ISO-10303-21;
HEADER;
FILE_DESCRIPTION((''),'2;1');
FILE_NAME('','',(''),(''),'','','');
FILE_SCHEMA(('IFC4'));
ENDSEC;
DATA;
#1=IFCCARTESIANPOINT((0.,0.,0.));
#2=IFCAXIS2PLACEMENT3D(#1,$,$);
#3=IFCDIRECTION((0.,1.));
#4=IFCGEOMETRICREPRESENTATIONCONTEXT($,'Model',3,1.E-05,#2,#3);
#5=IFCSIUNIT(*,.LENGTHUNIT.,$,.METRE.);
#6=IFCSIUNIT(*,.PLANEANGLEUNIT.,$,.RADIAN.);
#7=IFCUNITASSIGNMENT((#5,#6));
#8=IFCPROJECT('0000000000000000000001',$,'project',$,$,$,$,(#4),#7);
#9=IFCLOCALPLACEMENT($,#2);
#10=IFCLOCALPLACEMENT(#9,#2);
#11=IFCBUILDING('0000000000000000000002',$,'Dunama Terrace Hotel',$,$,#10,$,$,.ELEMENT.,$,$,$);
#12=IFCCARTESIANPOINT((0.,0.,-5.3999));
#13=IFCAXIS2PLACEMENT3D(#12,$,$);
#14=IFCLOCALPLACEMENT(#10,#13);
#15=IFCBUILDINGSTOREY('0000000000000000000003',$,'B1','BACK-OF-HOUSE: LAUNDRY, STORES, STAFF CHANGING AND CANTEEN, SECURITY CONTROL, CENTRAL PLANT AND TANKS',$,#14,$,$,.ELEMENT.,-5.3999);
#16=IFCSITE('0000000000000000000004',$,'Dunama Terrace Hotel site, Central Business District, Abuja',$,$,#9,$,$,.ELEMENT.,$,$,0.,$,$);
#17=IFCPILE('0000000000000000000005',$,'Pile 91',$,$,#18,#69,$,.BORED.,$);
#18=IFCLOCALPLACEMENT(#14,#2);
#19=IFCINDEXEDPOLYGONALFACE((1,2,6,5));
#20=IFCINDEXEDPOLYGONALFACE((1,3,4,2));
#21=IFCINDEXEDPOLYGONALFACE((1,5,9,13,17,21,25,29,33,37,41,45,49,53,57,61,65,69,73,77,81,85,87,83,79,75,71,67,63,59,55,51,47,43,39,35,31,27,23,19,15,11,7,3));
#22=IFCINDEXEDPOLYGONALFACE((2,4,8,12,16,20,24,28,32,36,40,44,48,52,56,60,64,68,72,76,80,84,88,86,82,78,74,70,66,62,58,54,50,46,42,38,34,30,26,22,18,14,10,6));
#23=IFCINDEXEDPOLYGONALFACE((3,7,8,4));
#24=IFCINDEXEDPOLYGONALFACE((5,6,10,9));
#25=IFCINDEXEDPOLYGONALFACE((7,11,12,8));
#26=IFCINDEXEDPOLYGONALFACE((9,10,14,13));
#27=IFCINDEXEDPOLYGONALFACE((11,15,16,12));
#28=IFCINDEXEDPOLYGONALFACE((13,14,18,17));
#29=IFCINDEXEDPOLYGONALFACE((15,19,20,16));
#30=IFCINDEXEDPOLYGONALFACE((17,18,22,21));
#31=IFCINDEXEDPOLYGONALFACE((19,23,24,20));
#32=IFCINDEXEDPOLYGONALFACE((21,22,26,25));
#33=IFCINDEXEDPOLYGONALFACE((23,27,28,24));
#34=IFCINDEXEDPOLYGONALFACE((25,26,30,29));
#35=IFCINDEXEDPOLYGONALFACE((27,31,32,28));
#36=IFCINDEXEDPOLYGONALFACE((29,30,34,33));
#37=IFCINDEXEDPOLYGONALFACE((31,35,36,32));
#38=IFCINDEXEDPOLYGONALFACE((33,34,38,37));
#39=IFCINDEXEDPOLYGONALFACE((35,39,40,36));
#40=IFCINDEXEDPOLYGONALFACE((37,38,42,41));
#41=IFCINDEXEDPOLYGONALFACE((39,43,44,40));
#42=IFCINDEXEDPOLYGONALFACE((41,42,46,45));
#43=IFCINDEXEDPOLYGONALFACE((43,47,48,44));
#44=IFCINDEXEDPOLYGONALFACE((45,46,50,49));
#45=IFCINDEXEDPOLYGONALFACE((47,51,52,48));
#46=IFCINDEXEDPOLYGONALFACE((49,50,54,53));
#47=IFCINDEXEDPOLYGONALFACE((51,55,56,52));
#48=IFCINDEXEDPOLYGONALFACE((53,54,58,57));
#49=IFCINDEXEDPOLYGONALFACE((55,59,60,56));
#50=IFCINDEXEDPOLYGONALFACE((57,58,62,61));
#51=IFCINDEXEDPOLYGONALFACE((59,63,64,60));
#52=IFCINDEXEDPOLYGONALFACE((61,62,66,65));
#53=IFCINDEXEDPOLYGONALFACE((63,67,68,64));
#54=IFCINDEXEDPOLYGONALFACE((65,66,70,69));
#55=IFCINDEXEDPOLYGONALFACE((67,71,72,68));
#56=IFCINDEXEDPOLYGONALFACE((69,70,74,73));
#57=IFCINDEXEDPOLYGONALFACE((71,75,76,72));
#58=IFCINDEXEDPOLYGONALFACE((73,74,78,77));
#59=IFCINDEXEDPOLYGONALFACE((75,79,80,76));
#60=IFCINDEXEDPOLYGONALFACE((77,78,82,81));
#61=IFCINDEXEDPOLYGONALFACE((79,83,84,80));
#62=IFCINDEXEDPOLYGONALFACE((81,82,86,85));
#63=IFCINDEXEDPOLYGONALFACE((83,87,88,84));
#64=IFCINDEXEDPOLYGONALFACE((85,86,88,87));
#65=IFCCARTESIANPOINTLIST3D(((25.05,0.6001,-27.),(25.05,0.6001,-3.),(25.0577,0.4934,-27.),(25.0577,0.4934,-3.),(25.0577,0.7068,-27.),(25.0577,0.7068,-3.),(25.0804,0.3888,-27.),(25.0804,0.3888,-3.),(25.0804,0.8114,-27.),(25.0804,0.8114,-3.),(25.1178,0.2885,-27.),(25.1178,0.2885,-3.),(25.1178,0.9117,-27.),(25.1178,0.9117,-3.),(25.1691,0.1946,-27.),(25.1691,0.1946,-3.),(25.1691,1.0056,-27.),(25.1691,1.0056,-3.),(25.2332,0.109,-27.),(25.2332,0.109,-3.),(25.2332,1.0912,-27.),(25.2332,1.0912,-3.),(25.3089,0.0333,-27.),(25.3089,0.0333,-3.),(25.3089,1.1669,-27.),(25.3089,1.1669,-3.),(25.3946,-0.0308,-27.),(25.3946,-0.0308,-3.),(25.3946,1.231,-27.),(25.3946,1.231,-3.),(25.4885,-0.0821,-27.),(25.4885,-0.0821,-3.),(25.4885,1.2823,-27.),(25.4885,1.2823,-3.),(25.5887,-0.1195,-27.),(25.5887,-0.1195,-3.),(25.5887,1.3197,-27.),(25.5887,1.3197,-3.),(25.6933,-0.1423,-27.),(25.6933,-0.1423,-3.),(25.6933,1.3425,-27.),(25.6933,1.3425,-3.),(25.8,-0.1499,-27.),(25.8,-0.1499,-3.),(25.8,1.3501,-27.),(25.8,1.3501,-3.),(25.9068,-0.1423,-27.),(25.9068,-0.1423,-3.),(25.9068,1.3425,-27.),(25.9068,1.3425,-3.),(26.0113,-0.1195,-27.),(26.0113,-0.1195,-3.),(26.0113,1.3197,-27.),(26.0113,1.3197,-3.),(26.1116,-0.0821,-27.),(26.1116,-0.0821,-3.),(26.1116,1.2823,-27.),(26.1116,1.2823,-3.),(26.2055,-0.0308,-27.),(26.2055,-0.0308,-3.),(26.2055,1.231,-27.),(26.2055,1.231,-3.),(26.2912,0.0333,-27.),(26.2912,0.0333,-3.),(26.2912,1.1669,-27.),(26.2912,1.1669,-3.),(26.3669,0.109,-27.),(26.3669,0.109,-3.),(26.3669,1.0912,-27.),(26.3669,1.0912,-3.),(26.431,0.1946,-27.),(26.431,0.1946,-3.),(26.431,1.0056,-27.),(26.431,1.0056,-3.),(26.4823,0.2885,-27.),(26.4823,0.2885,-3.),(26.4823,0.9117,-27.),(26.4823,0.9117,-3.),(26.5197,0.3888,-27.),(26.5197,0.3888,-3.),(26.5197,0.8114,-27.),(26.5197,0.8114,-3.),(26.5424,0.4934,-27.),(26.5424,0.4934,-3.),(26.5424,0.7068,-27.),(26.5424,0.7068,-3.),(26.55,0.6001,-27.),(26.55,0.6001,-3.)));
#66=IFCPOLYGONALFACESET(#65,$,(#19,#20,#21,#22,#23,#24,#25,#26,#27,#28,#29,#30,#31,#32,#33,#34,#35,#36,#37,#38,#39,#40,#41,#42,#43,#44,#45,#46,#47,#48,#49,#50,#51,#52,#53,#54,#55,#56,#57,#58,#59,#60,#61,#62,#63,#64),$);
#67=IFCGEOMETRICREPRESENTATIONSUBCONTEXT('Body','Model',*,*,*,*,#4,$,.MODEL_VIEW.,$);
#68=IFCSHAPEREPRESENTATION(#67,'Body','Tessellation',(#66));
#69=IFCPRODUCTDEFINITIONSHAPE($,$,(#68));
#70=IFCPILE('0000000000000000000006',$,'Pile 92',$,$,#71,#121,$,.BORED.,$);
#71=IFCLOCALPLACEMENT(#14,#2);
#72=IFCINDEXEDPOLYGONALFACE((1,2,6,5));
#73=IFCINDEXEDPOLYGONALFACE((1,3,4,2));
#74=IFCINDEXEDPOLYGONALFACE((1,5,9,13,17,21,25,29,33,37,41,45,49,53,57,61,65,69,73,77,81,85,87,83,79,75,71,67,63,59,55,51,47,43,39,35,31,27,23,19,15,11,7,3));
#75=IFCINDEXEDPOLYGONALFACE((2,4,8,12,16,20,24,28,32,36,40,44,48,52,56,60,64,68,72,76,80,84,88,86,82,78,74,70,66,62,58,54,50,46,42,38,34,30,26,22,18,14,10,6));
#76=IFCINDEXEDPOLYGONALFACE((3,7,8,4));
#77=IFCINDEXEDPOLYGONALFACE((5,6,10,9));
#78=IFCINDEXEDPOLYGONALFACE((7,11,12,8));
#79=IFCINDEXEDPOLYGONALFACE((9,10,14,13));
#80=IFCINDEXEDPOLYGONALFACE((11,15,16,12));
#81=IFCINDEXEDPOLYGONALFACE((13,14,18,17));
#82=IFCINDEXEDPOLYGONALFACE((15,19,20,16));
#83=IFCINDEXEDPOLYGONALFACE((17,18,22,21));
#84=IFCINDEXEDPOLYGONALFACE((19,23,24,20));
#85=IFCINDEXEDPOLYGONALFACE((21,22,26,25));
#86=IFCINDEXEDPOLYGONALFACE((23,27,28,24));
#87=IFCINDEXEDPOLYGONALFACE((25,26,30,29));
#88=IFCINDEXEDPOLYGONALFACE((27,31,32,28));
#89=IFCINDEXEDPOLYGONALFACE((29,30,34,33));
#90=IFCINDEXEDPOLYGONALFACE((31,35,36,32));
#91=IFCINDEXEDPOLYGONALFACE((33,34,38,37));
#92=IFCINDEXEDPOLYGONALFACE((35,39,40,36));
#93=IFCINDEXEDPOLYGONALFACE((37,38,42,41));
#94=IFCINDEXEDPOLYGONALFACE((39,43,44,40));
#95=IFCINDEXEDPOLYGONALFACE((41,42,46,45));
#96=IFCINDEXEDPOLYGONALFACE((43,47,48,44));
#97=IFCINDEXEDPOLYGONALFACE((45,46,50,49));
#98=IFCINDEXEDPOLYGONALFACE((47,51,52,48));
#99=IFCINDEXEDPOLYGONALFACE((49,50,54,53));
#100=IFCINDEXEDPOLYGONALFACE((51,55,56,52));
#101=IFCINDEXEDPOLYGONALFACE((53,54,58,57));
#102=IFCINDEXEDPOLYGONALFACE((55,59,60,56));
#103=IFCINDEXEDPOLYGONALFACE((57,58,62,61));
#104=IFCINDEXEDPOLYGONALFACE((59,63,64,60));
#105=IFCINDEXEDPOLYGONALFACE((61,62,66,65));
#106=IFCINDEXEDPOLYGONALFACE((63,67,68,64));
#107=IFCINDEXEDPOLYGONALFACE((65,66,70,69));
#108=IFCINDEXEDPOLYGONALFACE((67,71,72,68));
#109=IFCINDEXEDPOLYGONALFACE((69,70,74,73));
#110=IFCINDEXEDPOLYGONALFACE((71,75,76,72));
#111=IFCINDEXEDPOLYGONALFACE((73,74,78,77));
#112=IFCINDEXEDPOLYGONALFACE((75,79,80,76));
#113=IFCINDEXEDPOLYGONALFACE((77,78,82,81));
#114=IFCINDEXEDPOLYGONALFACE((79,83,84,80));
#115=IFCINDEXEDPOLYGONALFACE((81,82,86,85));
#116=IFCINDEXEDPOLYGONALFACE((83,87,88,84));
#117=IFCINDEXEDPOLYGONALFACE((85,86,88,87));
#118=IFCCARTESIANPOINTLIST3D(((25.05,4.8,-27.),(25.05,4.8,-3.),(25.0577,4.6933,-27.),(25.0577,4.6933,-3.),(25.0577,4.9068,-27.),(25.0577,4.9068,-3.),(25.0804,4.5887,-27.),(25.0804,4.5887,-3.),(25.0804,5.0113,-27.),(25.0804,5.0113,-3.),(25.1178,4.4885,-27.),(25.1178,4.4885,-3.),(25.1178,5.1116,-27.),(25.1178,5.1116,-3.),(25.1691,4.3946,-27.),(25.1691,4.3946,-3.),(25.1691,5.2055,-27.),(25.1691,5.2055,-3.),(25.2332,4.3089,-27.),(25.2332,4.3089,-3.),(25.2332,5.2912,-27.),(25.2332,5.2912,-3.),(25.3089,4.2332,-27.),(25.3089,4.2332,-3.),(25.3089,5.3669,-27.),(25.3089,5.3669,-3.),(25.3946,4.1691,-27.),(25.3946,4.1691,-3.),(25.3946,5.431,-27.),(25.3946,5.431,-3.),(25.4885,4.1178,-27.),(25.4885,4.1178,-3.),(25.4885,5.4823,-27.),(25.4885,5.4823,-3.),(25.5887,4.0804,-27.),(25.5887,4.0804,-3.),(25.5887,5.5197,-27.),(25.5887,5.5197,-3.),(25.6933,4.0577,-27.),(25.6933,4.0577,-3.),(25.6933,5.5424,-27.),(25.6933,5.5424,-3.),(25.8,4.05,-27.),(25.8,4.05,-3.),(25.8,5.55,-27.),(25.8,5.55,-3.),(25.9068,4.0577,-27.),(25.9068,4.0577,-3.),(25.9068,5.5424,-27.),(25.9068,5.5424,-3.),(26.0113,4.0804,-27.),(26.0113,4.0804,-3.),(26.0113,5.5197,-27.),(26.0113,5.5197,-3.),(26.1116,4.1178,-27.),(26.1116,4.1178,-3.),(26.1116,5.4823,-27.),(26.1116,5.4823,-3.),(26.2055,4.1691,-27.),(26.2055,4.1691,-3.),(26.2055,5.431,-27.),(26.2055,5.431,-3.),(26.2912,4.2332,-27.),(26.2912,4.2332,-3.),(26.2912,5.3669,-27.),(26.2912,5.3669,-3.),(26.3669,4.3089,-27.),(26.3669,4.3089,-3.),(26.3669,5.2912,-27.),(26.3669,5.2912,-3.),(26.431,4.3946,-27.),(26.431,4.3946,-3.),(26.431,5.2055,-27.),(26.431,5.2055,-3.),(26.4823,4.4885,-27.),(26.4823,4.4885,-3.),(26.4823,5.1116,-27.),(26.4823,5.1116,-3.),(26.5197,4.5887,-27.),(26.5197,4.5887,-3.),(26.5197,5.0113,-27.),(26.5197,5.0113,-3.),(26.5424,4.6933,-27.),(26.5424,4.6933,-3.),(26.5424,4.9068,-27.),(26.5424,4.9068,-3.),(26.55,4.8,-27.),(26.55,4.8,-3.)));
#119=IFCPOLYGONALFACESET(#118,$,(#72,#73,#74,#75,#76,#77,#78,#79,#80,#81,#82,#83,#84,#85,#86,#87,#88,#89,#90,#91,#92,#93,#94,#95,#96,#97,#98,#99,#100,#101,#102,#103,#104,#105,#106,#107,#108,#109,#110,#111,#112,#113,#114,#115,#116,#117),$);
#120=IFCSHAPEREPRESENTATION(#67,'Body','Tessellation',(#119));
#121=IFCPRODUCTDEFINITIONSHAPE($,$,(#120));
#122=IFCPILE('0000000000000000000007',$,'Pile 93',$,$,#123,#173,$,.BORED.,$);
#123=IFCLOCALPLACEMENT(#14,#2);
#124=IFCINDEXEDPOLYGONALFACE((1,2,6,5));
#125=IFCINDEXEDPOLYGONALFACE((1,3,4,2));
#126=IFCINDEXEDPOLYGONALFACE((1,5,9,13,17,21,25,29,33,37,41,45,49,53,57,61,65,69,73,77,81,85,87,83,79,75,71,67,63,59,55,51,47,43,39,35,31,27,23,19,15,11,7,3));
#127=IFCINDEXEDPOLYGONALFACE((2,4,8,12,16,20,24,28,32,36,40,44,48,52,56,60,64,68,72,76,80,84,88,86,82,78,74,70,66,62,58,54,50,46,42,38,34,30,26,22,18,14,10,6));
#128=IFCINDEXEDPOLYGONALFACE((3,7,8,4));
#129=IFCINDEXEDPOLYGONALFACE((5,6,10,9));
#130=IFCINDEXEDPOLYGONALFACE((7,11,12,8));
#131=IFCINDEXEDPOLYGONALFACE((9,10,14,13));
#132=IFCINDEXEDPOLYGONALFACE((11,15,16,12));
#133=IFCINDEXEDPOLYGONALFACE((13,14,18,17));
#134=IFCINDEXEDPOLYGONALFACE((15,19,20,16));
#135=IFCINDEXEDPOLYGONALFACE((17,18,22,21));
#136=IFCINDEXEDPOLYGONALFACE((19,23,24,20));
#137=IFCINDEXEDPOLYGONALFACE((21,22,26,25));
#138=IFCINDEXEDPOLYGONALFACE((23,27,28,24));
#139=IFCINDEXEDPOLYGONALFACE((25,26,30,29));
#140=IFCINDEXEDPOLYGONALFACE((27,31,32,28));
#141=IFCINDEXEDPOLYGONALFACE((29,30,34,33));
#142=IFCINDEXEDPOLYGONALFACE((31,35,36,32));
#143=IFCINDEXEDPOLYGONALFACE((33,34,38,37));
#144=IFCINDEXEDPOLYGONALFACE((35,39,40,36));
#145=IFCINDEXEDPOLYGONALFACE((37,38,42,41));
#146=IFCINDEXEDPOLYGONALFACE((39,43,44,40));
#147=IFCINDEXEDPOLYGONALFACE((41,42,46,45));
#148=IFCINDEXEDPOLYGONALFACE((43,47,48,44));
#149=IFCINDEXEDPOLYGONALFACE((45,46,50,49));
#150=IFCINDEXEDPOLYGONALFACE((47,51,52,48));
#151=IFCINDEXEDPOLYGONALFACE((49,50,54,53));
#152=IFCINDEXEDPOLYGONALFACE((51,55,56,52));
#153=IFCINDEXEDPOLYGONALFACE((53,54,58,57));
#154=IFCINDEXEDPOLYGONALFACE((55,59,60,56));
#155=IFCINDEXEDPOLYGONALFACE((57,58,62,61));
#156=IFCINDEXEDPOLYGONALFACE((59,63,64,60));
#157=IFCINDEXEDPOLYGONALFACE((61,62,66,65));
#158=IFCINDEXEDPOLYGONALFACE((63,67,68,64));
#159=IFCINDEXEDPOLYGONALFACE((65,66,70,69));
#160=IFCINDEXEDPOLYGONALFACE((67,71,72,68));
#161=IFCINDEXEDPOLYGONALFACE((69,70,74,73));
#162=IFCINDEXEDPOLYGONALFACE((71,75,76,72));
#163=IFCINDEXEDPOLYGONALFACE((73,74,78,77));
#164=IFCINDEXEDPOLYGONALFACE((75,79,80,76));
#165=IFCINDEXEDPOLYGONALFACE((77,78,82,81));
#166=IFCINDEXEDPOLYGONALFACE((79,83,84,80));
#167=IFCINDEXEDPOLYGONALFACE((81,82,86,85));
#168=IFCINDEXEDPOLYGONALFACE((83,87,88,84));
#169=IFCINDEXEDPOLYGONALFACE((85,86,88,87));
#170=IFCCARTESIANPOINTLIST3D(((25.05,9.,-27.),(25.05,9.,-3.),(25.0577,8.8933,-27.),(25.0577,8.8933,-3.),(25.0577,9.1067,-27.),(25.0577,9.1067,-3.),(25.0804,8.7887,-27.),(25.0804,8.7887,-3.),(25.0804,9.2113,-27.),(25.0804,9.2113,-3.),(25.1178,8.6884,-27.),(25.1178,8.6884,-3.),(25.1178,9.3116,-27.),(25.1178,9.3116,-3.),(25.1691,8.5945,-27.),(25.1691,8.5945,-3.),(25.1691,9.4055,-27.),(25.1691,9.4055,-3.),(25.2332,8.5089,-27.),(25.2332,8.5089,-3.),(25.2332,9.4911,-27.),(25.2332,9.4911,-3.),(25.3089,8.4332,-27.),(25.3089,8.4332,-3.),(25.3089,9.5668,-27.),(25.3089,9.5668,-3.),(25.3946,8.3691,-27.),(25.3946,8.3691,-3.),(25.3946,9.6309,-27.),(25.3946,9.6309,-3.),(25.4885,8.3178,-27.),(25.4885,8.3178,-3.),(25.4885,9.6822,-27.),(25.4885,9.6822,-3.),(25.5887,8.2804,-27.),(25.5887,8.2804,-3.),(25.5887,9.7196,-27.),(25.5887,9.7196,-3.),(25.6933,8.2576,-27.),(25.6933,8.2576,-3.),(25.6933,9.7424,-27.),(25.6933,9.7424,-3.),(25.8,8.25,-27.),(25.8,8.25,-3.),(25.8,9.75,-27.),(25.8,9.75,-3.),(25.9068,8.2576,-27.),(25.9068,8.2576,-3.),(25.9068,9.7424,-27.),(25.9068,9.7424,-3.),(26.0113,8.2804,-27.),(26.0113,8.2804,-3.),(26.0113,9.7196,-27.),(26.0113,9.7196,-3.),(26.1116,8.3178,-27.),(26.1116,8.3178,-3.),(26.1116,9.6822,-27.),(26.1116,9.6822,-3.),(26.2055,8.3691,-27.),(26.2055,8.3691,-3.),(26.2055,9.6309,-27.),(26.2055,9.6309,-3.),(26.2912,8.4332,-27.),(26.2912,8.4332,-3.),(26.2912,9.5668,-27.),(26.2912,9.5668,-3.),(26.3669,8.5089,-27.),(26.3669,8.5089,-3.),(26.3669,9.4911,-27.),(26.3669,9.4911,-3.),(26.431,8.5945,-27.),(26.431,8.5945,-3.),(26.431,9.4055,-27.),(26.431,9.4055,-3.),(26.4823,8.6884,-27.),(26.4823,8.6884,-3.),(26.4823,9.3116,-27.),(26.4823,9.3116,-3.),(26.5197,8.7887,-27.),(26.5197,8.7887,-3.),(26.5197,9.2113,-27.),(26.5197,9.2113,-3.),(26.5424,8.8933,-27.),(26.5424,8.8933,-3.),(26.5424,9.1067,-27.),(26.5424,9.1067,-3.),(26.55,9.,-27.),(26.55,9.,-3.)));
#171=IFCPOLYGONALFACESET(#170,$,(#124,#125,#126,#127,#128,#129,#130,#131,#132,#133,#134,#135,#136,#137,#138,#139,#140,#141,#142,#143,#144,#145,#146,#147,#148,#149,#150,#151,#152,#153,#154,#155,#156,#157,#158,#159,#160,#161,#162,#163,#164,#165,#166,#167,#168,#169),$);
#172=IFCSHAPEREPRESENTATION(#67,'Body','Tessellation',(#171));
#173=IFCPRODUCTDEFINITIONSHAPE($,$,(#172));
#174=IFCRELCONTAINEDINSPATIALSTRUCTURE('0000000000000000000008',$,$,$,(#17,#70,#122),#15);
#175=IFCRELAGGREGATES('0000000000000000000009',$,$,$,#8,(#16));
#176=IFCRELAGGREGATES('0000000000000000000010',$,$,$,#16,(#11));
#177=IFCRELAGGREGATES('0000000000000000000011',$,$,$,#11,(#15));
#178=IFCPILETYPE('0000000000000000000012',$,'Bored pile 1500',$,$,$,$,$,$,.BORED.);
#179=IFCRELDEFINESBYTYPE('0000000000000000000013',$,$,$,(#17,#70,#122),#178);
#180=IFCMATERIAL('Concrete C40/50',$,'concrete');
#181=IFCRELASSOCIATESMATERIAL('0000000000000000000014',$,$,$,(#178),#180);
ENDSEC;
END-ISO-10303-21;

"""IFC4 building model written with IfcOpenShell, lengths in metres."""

from ifc_helpers import new_model, si_unit, direction, frame, origin, origin_2d, place, context, subcontext, project, spatial, circle, extrude, material, material_profile, profile_set, type_object, element, save


model = new_model("IFC4")

# Units and contexts
model_context = context("Model", 3, precision=1e-05, world=origin(), true_north=direction((0.0, 1.0)))
body_context = subcontext(model_context, "Body", "Model", "MODEL_VIEW")
ifc_project = project(units=[si_unit("LENGTHUNIT", "METRE"), si_unit("PLANEANGLEUNIT", "RADIAN")], contexts=[model_context])

# Site, building, storey
site_placement = place(None, origin())
site = spatial("IfcSite", under=ifc_project, at=site_placement, Name="Dunama Terrace Hotel site, Central Business District, Abuja", CompositionType="ELEMENT", RefElevation=0.0)
building_placement = place(site_placement, origin())
building = spatial("IfcBuilding", under=site, at=building_placement, Name="Dunama Terrace Hotel", CompositionType="ELEMENT")
storey_placement = place(building_placement, frame((0.0, 0.0, -5.3999)))
storey = spatial("IfcBuildingStorey", under=building, at=storey_placement, Name="B1", Description="BACK-OF-HOUSE: LAUNDRY, STORES, STAFF CHANGING AND CANTEEN, SECURITY CONTROL, CENTRAL PLANT AND TANKS", CompositionType="ELEMENT", Elevation=-5.3999)

# Piles
ifc_material_1 = material(Name="Concrete C40/50", Category="concrete")
ifc_material_profile_1 = material_profile(ifc_material_1, circle(Radius=0.75, at=origin_2d()), Name="PILE D1500")
ifc_profile_set_1 = profile_set([ifc_material_profile_1], Name="Concrete C40/50")
pile_type = type_object("IfcPileType", Name="Bored pile 1500", PredefinedType="BORED", material=ifc_profile_set_1)
for number, where, z_axis, x_axis, name in (
    (1, (25.8, 0.6001, -3.0), (0.0, 0.0, -1.0), (1.0, 0.0, 0.0), "Pile 91"),
    (2, (25.8, 4.8, -3.0), (0.0, 0.0, -1.0), (1.0, 0.0, 0.0), "Pile 92"),
    (3, (25.8, 9.0, -3.0), (0.0, 0.0, -1.0), (1.0, 0.0, 0.0), "Pile 93"),
):
    element("IfcPile", number, at=place(storey_placement, frame(where, z_axis=z_axis, x_axis=x_axis)), inside=storey, type_object=pile_type, Name=name, PredefinedType="BORED", context=body_context, shape_type="SweptSolid", body=[
        extrude(circle(Radius=0.75, at=origin_2d()), origin(), (0.0, 0.0, 1.0), 24.0),
    ])

save(model, "model.ifc")
